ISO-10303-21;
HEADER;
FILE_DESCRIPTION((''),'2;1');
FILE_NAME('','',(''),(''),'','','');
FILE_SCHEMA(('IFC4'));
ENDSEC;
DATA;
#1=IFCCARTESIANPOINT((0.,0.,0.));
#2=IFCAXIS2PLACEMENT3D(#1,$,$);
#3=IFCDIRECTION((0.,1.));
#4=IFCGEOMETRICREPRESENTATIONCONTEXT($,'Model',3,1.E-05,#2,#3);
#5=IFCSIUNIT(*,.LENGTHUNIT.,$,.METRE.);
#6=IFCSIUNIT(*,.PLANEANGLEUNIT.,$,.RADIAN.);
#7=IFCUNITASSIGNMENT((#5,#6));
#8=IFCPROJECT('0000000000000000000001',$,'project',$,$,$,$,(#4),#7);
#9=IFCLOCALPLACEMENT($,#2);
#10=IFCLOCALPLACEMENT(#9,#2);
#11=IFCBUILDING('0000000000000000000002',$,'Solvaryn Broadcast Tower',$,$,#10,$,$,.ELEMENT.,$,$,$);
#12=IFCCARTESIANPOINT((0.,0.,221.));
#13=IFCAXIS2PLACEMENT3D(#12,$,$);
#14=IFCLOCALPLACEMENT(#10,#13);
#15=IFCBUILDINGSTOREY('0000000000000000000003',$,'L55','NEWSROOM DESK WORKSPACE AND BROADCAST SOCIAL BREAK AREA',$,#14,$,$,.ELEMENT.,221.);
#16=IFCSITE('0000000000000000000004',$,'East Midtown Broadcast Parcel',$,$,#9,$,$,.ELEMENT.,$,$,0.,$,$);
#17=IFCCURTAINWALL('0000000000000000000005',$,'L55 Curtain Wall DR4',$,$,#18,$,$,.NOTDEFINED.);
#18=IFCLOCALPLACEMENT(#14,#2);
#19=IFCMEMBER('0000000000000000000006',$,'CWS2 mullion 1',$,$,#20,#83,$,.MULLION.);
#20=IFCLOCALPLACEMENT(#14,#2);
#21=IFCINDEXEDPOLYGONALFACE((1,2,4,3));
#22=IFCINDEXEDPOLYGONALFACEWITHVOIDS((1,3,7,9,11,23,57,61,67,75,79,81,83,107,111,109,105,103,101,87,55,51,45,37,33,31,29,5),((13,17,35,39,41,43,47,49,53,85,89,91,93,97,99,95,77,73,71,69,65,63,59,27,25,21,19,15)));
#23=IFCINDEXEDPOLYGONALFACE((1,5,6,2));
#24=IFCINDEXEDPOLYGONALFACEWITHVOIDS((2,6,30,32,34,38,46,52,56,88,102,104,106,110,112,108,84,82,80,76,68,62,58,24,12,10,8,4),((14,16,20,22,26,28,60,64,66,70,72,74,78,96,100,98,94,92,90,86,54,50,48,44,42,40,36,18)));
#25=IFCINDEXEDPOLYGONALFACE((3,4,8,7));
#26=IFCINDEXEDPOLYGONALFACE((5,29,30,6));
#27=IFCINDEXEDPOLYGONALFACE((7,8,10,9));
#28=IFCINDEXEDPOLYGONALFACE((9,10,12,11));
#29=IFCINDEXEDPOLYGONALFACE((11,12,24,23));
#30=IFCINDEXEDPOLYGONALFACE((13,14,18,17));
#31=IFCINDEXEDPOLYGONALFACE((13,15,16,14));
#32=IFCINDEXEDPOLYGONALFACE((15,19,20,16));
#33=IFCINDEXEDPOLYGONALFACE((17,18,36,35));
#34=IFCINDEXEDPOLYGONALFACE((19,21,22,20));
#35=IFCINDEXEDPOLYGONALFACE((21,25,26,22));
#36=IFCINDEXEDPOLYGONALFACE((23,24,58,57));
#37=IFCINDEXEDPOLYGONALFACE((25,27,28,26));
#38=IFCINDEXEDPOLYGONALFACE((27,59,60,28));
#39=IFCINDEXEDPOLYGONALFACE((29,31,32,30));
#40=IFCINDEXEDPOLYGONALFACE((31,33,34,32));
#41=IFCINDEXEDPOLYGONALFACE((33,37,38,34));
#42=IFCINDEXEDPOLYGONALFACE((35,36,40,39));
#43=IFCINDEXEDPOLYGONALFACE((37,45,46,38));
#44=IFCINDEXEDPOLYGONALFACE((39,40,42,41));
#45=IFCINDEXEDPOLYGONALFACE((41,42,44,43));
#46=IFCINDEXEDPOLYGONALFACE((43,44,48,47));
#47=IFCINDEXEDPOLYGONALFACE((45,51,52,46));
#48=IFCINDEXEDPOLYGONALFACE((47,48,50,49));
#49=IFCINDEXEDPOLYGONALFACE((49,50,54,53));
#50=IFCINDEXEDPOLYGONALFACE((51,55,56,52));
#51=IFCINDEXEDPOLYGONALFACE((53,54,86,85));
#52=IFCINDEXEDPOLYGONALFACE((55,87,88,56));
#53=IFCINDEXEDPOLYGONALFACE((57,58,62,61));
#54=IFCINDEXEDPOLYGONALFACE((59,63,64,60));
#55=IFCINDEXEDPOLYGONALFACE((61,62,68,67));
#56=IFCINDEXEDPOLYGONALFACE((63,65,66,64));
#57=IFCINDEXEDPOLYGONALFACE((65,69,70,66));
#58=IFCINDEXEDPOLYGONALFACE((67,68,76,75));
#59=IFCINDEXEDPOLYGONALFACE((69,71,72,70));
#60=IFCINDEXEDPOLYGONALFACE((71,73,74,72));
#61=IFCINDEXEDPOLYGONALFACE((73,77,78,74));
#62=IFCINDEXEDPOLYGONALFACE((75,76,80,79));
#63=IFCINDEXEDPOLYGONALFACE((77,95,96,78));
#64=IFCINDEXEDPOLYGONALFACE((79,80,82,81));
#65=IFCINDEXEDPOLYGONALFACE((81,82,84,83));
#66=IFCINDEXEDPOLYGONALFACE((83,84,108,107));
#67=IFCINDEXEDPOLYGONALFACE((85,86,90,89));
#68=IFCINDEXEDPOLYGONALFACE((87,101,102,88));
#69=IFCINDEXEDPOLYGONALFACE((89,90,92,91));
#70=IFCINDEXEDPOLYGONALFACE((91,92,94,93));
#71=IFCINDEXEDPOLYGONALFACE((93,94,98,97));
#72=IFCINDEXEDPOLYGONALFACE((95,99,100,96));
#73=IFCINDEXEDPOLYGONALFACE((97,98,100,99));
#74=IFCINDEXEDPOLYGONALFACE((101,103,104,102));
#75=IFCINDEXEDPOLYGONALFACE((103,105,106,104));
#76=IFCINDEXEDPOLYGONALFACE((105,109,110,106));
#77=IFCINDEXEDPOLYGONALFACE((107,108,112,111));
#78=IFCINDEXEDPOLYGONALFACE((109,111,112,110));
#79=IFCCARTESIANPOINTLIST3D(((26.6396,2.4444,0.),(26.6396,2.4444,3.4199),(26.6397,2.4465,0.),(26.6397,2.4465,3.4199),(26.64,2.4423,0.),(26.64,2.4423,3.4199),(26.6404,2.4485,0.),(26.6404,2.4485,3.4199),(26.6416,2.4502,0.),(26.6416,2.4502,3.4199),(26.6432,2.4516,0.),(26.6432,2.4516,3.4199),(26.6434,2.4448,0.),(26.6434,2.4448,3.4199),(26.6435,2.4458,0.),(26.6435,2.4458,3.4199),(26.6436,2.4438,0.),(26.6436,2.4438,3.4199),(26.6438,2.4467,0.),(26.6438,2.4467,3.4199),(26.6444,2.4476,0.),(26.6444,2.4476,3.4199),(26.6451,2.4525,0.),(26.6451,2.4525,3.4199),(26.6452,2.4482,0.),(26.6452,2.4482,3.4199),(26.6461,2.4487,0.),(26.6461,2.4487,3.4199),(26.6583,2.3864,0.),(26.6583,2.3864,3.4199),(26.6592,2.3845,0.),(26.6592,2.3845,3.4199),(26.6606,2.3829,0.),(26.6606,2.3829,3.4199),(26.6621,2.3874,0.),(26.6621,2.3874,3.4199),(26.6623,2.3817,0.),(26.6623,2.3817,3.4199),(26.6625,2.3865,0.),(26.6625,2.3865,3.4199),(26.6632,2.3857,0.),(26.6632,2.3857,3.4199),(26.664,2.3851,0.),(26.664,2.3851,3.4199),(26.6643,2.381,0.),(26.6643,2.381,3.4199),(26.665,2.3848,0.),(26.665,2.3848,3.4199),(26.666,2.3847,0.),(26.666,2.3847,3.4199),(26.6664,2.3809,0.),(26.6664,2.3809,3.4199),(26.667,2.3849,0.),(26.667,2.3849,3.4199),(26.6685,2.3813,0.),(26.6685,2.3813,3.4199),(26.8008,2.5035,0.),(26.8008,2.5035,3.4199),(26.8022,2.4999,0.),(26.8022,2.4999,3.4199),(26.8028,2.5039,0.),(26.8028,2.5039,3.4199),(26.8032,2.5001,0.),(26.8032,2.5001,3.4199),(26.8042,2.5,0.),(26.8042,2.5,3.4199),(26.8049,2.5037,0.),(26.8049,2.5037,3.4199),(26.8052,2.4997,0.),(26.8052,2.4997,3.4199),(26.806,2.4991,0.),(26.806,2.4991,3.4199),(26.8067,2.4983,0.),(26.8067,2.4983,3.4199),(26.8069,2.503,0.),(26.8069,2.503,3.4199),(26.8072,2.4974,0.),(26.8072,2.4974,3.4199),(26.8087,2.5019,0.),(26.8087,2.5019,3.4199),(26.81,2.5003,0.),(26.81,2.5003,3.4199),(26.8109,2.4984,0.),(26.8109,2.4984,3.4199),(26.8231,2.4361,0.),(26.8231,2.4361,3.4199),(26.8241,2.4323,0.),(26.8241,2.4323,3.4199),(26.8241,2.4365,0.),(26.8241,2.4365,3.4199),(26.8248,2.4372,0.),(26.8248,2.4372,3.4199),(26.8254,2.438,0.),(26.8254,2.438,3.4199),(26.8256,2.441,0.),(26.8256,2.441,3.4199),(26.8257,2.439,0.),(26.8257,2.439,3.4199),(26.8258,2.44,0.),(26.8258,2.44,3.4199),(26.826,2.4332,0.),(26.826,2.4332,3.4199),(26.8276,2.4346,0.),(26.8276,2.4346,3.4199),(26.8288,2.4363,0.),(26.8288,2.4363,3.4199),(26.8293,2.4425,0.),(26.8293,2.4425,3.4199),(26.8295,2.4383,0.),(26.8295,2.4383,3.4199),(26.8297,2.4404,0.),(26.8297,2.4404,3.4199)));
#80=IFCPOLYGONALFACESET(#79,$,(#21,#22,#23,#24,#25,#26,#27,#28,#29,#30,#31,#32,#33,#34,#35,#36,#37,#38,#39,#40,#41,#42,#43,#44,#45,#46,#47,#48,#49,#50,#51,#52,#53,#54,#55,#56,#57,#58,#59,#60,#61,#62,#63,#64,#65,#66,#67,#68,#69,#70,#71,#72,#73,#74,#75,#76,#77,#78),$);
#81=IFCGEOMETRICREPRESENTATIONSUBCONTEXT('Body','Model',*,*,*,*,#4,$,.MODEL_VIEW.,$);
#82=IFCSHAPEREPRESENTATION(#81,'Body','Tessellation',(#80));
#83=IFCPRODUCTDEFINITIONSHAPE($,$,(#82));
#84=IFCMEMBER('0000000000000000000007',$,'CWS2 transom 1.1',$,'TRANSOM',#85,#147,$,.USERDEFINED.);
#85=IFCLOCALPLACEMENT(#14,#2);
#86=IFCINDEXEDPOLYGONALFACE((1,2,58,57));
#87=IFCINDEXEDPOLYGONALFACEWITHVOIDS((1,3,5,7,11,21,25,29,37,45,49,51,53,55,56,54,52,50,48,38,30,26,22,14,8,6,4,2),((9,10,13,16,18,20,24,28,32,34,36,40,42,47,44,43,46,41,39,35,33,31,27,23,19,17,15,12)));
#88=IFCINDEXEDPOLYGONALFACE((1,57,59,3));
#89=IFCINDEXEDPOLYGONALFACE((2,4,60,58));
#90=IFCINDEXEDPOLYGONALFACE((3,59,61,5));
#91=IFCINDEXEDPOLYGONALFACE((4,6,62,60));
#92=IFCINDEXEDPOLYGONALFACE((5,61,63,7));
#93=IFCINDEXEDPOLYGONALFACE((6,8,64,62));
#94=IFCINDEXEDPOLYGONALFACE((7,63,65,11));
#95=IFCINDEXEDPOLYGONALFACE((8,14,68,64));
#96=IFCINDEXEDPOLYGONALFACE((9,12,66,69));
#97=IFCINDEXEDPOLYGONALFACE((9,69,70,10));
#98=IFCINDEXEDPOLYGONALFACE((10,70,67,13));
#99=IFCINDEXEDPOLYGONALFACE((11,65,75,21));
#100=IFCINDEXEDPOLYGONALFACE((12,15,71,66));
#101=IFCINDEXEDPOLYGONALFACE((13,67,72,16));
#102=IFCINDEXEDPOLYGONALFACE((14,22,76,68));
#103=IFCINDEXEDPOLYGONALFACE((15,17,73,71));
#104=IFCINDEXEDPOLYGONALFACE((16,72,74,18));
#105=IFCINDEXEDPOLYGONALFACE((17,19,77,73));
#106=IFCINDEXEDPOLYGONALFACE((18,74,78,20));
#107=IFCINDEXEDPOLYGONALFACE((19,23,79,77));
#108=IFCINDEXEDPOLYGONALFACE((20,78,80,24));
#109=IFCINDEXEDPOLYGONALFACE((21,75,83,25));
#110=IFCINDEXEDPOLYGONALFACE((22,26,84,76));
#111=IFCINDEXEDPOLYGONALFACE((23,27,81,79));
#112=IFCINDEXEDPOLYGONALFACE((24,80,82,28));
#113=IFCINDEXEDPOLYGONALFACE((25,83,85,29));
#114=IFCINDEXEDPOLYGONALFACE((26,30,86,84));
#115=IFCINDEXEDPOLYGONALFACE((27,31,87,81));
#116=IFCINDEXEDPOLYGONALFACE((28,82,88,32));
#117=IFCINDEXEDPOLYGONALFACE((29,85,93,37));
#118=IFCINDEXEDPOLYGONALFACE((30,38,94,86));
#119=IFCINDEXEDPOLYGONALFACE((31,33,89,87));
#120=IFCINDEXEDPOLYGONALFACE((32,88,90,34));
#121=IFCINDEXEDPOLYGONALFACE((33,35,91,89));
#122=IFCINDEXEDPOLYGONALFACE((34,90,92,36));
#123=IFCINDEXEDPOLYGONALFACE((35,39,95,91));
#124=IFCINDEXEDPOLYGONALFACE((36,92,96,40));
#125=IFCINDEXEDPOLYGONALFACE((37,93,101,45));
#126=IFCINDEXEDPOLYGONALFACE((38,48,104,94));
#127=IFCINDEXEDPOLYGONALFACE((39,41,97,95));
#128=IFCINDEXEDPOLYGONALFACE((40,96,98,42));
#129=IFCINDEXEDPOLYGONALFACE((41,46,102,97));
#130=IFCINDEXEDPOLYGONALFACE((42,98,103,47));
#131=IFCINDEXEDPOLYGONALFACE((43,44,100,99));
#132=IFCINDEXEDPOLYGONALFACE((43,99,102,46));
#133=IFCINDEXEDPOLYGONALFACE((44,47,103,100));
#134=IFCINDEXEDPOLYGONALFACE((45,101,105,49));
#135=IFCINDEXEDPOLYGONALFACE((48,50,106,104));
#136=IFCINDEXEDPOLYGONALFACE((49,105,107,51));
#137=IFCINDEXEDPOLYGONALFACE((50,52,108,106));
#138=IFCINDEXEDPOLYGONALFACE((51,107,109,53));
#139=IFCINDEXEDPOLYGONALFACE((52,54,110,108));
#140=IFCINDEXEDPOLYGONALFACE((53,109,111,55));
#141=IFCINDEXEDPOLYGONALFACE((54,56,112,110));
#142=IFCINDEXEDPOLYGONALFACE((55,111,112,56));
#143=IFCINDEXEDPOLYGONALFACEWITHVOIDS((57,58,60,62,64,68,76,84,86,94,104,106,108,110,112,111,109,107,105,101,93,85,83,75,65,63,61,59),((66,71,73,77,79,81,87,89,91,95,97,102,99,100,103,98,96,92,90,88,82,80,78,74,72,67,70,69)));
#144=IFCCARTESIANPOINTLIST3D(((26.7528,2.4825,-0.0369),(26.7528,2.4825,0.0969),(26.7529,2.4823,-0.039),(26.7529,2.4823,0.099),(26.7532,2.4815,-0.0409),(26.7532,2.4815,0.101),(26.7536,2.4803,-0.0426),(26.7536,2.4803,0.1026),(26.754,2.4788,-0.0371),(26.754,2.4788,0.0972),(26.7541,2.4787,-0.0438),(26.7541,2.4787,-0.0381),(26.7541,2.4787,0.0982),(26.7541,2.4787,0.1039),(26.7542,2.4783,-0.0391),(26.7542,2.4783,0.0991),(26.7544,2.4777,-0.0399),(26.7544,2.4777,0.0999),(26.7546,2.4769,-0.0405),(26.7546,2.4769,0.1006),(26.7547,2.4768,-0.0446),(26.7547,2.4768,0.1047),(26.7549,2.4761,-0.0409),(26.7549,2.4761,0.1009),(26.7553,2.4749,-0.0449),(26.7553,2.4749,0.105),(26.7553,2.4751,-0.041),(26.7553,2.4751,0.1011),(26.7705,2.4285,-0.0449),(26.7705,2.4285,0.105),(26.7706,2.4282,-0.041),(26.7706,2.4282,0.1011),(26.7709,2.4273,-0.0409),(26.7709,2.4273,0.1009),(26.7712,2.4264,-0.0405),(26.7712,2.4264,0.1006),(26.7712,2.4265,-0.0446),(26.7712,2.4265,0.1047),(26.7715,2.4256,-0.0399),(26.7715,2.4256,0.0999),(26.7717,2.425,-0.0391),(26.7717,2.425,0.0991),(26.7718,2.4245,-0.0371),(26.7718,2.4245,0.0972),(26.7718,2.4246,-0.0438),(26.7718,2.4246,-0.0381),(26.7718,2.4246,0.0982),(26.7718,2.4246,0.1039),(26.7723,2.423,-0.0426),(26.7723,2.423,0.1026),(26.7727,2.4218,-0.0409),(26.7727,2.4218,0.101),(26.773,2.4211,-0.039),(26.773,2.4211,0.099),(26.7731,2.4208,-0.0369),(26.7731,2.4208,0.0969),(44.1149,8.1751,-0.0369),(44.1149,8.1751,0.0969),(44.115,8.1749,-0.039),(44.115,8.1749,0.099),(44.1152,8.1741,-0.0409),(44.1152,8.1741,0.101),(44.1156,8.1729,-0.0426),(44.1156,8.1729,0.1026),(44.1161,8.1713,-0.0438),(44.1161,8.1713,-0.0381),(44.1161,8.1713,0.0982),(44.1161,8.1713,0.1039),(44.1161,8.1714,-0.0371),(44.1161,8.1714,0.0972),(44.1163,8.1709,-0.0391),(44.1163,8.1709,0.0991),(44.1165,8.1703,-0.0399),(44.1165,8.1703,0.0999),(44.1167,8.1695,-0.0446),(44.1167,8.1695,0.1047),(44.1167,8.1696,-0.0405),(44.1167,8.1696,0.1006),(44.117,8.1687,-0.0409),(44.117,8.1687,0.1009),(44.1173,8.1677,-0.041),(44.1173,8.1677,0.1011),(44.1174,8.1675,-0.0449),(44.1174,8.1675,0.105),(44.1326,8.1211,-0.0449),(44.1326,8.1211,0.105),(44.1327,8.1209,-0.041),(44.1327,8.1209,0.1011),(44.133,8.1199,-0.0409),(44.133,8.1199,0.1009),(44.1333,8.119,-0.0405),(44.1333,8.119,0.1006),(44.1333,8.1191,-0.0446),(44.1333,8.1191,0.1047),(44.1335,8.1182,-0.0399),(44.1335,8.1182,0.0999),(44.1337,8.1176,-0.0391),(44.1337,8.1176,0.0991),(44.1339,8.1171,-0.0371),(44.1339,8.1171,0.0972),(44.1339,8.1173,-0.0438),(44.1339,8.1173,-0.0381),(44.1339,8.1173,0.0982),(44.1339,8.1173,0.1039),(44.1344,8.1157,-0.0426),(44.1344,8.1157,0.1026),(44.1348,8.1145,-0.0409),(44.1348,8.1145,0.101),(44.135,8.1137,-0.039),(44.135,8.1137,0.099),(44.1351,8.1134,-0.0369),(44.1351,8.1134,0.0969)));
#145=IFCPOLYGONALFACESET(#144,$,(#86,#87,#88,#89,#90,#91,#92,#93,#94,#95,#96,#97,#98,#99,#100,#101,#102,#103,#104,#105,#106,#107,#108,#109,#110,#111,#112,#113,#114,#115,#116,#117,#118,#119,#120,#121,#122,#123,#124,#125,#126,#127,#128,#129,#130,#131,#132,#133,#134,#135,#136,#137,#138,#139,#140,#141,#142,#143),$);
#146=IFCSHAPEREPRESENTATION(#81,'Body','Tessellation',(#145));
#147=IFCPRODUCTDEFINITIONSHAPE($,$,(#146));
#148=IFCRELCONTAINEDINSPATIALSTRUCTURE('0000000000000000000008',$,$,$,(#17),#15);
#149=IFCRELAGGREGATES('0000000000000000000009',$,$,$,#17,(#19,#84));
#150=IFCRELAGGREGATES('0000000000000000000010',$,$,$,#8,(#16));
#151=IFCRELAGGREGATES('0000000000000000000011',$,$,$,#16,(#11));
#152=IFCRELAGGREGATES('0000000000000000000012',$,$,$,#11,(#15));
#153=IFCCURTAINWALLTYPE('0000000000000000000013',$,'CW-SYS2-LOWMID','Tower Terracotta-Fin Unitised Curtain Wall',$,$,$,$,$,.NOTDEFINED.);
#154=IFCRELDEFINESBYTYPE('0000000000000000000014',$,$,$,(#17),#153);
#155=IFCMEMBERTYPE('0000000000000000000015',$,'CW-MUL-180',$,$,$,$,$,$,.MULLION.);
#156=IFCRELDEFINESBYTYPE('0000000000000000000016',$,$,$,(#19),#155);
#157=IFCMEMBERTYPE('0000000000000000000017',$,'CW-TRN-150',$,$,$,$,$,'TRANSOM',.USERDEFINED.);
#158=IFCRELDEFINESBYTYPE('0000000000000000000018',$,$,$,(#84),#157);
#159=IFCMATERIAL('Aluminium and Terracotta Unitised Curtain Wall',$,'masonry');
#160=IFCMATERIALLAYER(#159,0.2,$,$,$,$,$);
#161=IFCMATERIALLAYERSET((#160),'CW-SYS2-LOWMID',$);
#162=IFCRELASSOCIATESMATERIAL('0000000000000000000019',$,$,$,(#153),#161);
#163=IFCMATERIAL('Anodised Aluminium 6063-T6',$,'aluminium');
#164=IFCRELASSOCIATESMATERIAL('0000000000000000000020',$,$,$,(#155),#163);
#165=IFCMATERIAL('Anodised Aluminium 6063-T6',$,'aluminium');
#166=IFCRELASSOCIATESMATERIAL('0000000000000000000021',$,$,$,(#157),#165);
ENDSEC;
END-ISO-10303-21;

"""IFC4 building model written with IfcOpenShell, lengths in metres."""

from ifc_helpers import new_model, si_unit, direction, frame, origin, origin_2d, place, context, subcontext, project, spatial, hollow_rectangle, extrude, material, layer, layer_set, material_profile, profile_set, type_object, element, aggregate, save


model = new_model("IFC4")

# Units and contexts
model_context = context("Model", 3, precision=1e-05, world=origin(), true_north=direction((0.0, 1.0)))
body_context = subcontext(model_context, "Body", "Model", "MODEL_VIEW")
ifc_project = project(units=[si_unit("LENGTHUNIT", "METRE"), si_unit("PLANEANGLEUNIT", "RADIAN")], contexts=[model_context])

# Site, building, storey
site_placement = place(None, origin())
site = spatial("IfcSite", under=ifc_project, at=site_placement, Name="East Midtown Broadcast Parcel", CompositionType="ELEMENT", RefElevation=0.0)
building_placement = place(site_placement, origin())
building = spatial("IfcBuilding", under=site, at=building_placement, Name="Solvaryn Broadcast Tower", CompositionType="ELEMENT")
storey_placement = place(building_placement, frame((0.0, 0.0, 221.0)))
storey = spatial("IfcBuildingStorey", under=building, at=storey_placement, Name="L55", Description="NEWSROOM DESK WORKSPACE AND BROADCAST SOCIAL BREAK AREA", CompositionType="ELEMENT", Elevation=221.0)

# Shared definitions
ifc_material_1 = material(Name="Aluminium and Terracotta Unitised Curtain Wall", Category="masonry")
ifc_layer_1 = layer(ifc_material_1, 0.2)
ifc_layer_set_1 = layer_set([ifc_layer_1], Name="CW-SYS2-LOWMID")
curtain_wall_type = type_object("IfcCurtainWallType", Name="CW-SYS2-LOWMID", Description="Tower Terracotta-Fin Unitised Curtain Wall", PredefinedType="NOTDEFINED", material=ifc_layer_set_1)
ifc_material_2 = material(Name="Anodised Aluminium 6063-T6", Category="aluminium")
ifc_material_profile_1 = material_profile(ifc_material_2, hollow_rectangle(XDim=0.075, YDim=0.1799, WallThickness=0.0039, InnerFilletRadius=0.0039, OuterFilletRadius=0.0081, at=origin_2d()))
ifc_profile_set_1 = profile_set([ifc_material_profile_1], Name="Anodised Aluminium 6063-T6")
member_type_1 = type_object("IfcMemberType", Name="CW-MUL-180", PredefinedType="MULLION", material=ifc_profile_set_1)

# Curtain wall, members
curtain_wall_1_placement = place(storey_placement, origin())
curtain_wall_1 = element("IfcCurtainWall", 1, at=curtain_wall_1_placement, inside=storey, type_object=curtain_wall_type, Name="L55 Curtain Wall DR4", PredefinedType="NOTDEFINED")
member_1_placement = place(storey_placement, frame((26.7346, 2.4424, 0.0), z_axis=(0.0, 0.0, 1.0), x_axis=(-0.311559, 0.950227, 0.0)))
member_1 = element("IfcMember", 2, at=member_1_placement, type_object=member_type_1, Name="CWS2 mullion 1", PredefinedType="MULLION", context=body_context, shape_type="SweptSolid", body=[
    extrude(hollow_rectangle(XDim=0.075, YDim=0.1799, WallThickness=0.0039, InnerFilletRadius=0.0039, OuterFilletRadius=0.0081, at=origin_2d()), origin(), (0.0, 0.0, 1.0), 3.4199),
])
ifc_material_3 = material(Name="Anodised Aluminium 6063-T6", Category="aluminium")
ifc_material_profile_2 = material_profile(ifc_material_3, hollow_rectangle(XDim=0.0649, YDim=0.1499, WallThickness=0.0039, InnerFilletRadius=0.0039, OuterFilletRadius=0.0081, at=origin_2d()))
ifc_profile_set_2 = profile_set([ifc_material_profile_2], Name="Anodised Aluminium 6063-T6")
member_type_2 = type_object("IfcMemberType", Name="CW-TRN-150", ElementType="TRANSOM", PredefinedType="USERDEFINED", material=ifc_profile_set_2)
member_2_placement = place(storey_placement, frame((26.7629, 2.4517, 0.03), z_axis=(0.950227, 0.311558, 0.0), x_axis=(-0.311558, 0.950227, 0.0)))
member_2 = element("IfcMember", 3, at=member_2_placement, type_object=member_type_2, Name="CWS2 transom 1.1", ObjectType="TRANSOM", PredefinedType="USERDEFINED", context=body_context, shape_type="SweptSolid", body=[
    extrude(hollow_rectangle(XDim=0.0649, YDim=0.1499, WallThickness=0.0039, InnerFilletRadius=0.0039, OuterFilletRadius=0.0081, at=origin_2d()), origin(), (0.0, 0.0, 1.0), 18.2715),
])
aggregate(curtain_wall_1, [member_1, member_2])

save(model, "model.ifc")
